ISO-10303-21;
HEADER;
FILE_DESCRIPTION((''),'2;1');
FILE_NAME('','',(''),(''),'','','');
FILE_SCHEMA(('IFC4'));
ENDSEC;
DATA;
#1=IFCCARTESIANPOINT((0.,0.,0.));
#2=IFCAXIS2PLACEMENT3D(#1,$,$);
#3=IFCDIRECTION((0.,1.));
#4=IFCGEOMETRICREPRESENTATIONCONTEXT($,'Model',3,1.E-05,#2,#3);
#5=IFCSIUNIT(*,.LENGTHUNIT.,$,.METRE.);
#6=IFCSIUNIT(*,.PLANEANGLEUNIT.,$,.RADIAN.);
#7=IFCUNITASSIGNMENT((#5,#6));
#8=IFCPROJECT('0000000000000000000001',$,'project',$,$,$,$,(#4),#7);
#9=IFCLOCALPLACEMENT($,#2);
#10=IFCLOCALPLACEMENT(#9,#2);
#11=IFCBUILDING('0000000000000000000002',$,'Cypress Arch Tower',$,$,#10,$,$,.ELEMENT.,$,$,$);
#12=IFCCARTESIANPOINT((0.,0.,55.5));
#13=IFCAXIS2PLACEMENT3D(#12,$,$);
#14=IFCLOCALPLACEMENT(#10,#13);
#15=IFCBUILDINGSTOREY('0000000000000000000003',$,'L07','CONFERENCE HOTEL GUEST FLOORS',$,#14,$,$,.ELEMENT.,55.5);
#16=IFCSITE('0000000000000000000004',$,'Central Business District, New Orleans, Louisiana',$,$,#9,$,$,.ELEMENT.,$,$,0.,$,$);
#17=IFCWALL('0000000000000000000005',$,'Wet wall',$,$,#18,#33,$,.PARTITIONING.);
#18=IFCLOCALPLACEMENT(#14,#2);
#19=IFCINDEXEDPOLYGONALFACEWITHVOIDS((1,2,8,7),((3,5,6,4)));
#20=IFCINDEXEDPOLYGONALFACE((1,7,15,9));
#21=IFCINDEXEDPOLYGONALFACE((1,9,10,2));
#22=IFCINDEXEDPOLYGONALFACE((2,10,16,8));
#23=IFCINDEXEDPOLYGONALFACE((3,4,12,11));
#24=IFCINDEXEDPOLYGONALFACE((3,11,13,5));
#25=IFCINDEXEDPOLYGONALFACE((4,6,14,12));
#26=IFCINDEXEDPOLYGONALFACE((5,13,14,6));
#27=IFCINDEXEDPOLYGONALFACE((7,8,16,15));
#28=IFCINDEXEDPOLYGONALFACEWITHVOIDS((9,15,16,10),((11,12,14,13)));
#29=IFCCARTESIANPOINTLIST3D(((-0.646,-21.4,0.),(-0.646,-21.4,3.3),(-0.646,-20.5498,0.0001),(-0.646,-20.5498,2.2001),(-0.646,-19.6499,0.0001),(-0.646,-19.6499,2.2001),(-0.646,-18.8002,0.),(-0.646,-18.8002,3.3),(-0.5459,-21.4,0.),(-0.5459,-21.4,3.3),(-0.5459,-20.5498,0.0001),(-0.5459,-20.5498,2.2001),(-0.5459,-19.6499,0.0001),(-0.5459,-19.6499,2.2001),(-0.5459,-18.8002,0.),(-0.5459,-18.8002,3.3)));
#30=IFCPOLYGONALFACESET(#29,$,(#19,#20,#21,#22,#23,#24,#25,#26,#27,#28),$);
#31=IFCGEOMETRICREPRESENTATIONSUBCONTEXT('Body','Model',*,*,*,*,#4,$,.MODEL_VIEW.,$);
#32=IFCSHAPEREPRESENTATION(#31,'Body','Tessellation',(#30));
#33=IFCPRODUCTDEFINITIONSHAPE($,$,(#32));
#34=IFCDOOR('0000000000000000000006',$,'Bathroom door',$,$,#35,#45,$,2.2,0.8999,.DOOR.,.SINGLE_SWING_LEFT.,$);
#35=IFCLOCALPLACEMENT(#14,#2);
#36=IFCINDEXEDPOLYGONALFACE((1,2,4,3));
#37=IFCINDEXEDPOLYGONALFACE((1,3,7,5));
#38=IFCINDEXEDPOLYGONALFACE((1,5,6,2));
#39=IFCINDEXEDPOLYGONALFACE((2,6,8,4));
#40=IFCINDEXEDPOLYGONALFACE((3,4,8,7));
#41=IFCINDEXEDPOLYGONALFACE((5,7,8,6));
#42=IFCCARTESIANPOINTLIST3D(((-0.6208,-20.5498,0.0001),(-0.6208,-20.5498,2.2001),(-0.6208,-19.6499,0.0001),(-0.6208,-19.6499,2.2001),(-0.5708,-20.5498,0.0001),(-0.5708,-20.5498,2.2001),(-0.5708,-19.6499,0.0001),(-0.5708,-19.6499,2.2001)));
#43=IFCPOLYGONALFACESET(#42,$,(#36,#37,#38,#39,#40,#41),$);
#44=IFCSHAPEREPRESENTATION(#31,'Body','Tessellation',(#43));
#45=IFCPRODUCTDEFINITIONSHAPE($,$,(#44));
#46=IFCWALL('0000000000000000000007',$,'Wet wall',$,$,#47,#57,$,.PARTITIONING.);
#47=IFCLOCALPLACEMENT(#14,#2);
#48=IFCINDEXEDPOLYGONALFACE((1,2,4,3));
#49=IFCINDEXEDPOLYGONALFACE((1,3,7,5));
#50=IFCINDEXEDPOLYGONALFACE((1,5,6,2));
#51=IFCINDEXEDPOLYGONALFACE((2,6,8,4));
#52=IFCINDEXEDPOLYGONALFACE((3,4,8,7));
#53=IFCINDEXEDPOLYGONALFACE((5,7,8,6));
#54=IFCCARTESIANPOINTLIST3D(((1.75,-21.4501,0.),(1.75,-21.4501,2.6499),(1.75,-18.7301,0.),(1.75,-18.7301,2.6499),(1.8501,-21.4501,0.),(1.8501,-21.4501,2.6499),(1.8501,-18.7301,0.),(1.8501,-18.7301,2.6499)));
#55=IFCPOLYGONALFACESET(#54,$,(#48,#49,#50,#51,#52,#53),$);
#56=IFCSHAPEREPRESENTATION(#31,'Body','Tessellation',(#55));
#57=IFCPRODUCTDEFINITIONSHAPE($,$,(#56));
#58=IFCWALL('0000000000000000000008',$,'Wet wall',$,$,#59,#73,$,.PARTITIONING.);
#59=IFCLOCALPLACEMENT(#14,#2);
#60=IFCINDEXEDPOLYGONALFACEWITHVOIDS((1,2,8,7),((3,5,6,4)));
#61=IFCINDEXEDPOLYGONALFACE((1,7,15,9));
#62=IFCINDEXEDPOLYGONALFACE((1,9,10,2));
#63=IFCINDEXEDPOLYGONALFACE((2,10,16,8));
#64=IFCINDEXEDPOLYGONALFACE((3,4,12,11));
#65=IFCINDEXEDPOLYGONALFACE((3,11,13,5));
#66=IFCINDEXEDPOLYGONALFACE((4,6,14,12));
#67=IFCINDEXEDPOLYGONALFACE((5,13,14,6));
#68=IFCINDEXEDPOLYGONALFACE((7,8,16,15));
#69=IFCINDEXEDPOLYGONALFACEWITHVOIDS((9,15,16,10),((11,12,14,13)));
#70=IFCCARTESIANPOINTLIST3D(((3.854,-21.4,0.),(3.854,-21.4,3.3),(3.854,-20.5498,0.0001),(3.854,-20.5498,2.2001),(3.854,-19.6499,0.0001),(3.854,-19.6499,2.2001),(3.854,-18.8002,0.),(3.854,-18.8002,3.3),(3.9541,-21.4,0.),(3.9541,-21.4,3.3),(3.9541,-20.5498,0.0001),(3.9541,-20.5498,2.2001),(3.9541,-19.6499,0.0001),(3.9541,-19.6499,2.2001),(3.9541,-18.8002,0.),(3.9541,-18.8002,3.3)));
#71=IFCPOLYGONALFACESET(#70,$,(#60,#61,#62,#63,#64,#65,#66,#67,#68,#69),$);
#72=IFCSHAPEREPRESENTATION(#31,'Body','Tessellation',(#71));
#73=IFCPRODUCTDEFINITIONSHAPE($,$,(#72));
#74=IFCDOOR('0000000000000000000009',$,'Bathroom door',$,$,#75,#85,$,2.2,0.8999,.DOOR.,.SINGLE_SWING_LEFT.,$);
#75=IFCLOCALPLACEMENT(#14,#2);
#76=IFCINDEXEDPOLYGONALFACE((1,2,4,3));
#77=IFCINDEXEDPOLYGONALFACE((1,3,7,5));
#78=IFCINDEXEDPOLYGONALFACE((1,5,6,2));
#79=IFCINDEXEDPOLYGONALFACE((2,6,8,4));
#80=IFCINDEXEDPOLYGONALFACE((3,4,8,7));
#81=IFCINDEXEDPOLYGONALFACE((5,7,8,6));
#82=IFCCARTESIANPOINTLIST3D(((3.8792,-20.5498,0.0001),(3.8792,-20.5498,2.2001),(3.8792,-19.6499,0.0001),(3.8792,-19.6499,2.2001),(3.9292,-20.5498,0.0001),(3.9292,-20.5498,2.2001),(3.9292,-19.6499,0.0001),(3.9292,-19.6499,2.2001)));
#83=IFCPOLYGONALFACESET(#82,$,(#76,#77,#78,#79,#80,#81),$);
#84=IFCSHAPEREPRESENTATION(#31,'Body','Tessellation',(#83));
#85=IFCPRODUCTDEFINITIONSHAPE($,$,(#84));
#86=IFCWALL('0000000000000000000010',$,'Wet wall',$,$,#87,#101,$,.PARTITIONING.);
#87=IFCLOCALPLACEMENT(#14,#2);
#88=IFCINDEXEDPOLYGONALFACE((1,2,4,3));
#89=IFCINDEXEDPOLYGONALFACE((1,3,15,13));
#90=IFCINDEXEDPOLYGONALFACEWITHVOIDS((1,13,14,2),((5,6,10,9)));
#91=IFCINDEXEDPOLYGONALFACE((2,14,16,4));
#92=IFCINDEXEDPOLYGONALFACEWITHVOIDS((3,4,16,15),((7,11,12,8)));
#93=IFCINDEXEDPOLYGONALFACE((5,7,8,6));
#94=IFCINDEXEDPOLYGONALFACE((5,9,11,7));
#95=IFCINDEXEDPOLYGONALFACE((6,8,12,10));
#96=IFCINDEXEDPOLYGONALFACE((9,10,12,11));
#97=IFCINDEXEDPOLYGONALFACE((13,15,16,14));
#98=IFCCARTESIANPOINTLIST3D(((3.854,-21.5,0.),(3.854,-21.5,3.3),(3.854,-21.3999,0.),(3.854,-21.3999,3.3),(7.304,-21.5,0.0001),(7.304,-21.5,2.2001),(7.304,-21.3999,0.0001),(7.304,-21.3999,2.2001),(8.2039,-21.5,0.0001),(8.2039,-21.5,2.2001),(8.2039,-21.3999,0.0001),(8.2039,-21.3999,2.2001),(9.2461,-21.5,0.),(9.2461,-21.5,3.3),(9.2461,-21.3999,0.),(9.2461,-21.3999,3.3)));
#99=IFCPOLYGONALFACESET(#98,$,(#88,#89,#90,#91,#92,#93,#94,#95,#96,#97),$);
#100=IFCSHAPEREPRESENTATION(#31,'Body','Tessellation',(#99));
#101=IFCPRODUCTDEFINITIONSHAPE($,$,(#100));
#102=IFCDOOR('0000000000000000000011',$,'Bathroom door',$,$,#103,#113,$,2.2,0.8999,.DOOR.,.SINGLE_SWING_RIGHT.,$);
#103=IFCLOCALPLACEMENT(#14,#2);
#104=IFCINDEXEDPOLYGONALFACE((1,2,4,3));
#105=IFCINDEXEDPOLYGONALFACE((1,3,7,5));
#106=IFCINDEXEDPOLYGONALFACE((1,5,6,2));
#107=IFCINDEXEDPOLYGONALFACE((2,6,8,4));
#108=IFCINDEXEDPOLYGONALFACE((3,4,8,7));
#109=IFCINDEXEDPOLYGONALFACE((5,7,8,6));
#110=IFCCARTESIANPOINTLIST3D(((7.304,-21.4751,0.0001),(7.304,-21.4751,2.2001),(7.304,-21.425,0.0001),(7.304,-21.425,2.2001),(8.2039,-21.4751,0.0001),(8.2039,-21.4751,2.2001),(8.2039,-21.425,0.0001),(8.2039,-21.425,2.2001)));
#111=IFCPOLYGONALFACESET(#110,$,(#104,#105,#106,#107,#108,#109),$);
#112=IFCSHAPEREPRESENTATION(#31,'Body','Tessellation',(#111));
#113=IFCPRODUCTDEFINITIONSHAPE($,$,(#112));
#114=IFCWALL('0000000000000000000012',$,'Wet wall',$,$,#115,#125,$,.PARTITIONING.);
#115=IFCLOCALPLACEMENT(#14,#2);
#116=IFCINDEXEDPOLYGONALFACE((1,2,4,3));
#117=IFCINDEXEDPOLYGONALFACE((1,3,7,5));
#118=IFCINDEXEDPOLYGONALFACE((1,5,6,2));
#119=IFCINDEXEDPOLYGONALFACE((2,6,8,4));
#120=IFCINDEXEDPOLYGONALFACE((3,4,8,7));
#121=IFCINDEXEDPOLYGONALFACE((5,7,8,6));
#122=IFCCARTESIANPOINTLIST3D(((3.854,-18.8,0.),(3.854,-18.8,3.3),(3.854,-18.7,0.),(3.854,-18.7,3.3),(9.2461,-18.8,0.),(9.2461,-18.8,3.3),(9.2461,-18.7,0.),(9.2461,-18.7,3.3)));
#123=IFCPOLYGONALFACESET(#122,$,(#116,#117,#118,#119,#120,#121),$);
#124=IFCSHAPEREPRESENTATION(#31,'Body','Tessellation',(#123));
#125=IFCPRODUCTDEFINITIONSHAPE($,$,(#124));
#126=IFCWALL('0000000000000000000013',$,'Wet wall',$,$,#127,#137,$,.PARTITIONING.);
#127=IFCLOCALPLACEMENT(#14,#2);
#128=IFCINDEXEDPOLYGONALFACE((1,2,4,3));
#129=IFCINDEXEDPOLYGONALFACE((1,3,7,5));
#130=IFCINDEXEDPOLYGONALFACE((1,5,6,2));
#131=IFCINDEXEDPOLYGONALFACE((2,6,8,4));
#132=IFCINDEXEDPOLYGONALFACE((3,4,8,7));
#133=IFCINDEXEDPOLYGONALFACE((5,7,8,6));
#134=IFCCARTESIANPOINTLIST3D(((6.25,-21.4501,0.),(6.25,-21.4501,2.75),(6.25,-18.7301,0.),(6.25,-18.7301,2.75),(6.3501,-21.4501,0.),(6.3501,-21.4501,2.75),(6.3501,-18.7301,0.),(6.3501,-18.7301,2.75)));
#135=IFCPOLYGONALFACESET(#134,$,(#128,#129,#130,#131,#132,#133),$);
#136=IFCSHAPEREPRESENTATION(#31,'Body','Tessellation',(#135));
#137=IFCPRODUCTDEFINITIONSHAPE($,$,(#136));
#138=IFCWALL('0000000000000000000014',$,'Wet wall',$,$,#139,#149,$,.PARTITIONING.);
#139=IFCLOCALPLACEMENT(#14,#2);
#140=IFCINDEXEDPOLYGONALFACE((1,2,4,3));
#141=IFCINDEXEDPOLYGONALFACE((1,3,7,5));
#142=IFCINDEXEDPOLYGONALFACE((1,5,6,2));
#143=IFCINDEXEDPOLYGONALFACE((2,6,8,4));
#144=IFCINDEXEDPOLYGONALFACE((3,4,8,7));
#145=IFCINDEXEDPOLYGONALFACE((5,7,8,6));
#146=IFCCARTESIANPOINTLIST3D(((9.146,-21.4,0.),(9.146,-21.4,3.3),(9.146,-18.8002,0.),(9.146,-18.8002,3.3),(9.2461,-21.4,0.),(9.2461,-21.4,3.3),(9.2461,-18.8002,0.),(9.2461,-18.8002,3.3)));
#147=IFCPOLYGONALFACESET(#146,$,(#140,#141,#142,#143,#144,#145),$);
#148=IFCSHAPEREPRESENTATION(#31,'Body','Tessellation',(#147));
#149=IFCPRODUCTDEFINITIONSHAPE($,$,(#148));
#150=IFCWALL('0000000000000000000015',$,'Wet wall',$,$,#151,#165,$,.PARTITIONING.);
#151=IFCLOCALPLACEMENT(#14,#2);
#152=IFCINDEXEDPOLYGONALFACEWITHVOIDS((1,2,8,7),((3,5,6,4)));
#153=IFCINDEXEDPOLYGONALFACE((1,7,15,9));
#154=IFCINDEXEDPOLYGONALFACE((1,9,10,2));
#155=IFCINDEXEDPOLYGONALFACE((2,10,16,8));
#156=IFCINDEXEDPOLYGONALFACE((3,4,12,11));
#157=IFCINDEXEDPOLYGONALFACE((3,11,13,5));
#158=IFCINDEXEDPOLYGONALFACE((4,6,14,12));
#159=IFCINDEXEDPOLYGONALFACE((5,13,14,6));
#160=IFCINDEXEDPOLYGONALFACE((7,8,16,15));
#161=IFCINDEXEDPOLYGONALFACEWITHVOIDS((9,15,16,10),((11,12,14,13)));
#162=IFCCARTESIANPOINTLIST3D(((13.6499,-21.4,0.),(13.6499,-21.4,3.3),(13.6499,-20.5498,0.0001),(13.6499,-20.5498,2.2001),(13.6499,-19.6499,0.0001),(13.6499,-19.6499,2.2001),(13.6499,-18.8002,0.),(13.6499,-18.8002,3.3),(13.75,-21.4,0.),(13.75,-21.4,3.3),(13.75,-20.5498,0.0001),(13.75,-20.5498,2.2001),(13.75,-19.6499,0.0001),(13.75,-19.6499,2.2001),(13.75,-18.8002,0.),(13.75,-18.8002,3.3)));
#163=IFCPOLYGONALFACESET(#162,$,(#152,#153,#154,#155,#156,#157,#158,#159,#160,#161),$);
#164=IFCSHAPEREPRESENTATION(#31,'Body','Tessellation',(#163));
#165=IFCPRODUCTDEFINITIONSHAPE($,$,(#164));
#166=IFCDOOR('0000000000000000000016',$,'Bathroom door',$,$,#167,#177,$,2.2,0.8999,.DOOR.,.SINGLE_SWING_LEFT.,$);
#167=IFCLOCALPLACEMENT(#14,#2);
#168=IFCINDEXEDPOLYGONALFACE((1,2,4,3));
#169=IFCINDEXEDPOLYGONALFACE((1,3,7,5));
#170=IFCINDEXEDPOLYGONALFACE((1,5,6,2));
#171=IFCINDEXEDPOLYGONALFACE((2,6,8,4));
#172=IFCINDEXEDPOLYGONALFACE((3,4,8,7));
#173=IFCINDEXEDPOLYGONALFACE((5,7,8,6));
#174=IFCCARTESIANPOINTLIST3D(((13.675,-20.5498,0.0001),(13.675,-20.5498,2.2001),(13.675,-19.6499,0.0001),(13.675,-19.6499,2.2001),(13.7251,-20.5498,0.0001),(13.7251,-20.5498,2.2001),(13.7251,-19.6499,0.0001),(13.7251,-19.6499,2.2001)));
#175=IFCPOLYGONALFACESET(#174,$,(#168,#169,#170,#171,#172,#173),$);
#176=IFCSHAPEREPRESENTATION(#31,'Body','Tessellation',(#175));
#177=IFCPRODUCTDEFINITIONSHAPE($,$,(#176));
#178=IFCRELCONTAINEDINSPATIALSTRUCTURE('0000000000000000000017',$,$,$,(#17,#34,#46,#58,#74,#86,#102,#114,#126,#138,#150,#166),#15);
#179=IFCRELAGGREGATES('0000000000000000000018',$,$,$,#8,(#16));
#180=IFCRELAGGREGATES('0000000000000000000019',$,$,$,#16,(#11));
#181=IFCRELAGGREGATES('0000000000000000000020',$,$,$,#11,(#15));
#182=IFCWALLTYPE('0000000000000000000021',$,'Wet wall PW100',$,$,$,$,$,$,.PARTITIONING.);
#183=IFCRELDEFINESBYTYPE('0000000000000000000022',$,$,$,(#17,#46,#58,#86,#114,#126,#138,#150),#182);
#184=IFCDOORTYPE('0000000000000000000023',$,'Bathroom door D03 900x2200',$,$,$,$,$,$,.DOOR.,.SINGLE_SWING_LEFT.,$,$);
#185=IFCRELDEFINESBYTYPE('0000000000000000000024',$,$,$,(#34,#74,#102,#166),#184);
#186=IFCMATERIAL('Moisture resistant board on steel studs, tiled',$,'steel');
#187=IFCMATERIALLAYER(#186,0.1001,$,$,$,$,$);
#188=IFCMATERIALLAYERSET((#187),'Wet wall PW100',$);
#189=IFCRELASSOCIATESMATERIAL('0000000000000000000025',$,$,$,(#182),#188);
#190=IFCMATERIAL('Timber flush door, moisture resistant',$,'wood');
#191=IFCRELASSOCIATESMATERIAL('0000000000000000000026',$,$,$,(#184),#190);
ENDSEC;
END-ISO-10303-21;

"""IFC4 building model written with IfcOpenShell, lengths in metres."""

from ifc_helpers import new_model, si_unit, direction, frame, frame_2d, origin, place, context, subcontext, project, spatial, rectangle, extrude, material, layer, layer_set, type_object, element, fill, save


model = new_model("IFC4")

# Units and contexts
model_context = context("Model", 3, precision=1e-05, world=origin(), true_north=direction((0.0, 1.0)))
body_context = subcontext(model_context, "Body", "Model", "MODEL_VIEW")
ifc_project = project(units=[si_unit("LENGTHUNIT", "METRE"), si_unit("PLANEANGLEUNIT", "RADIAN")], contexts=[model_context])

# Site, building, storey
site_placement = place(None, origin())
site = spatial("IfcSite", under=ifc_project, at=site_placement, Name="Central Business District, New Orleans, Louisiana", CompositionType="ELEMENT", RefElevation=0.0)
building_placement = place(site_placement, origin())
building = spatial("IfcBuilding", under=site, at=building_placement, Name="Cypress Arch Tower", CompositionType="ELEMENT")
storey_placement = place(building_placement, frame((0.0, 0.0, 55.5)))
storey = spatial("IfcBuildingStorey", under=building, at=storey_placement, Name="L07", Description="CONFERENCE HOTEL GUEST FLOORS", CompositionType="ELEMENT", Elevation=55.5)

# Wall, opening, door
ifc_material_1 = material(Name="Moisture resistant board on steel studs, tiled", Category="steel")
ifc_layer_1 = layer(ifc_material_1, 0.1001)
ifc_layer_set_1 = layer_set([ifc_layer_1], Name="Wet wall PW100")
wall_type_1 = type_object("IfcWallType", Name="Wet wall PW100", PredefinedType="PARTITIONING", material=ifc_layer_set_1)
wall_1_placement = place(storey_placement, frame((-0.5959, -21.3999, 0.0), z_axis=(0.0, 0.0, 1.0), x_axis=(0.0, 1.0, 0.0)))
wall_1 = element("IfcWall", 1, at=wall_1_placement, inside=storey, type_object=wall_type_1, Name="Wet wall", PredefinedType="PARTITIONING", context=body_context, shape_type="SweptSolid", body=[
    extrude(rectangle(XDim=2.5999, YDim=0.1001, at=frame_2d((1.2998, 0.0))), origin(), (0.0, 0.0, 1.0), 3.3),
])
opening_1_placement = place(wall_1_placement, frame((0.8501, 0.0, 0.0)))
opening_1 = element("IfcOpeningElement", 2, at=opening_1_placement, cuts=wall_1, PredefinedType="OPENING", context=body_context, shape_type="SweptSolid", body=[
    extrude(rectangle(XDim=0.8999, YDim=2.2, at=frame_2d((0.45, 1.1001))), frame((0.0, 0.0601, 0.0), z_axis=(0.0, -1.0, 0.0), x_axis=(1.0, 0.0, 0.0)), (0.0, 0.0, 1.0), 0.1201),
])
ifc_material_2 = material(Name="Timber flush door, moisture resistant", Category="wood")
door_type_1 = type_object("IfcDoorType", Name="Bathroom door D03 900x2200", OperationType="SINGLE_SWING_LEFT", PredefinedType="DOOR", material=ifc_material_2)
door_1_placement = place(opening_1_placement, origin())
door_1 = element("IfcDoor", 3, at=door_1_placement, inside=storey, type_object=door_type_1, Name="Bathroom door", OperationType="SINGLE_SWING_LEFT", OverallHeight=2.2, OverallWidth=0.8999, PredefinedType="DOOR", context=body_context, shape_type="SweptSolid", body=[
    extrude(rectangle(XDim=0.8999, YDim=2.2, at=frame_2d((0.45, 1.1001))), frame((0.0, 0.0249, 0.0), z_axis=(0.0, -1.0, 0.0), x_axis=(1.0, 0.0, 0.0)), (0.0, 0.0, 1.0), 0.05),
])
fill(opening_1, door_1)

# Wall
wall_2_placement = place(storey_placement, frame((1.8, -21.45, 0.0), z_axis=(0.0, 0.0, 1.0), x_axis=(0.0, 1.0, 0.0)))
element("IfcWall", 4, at=wall_2_placement, inside=storey, type_object=wall_type_1, Name="Wet wall", PredefinedType="PARTITIONING", context=body_context, shape_type="SweptSolid", body=[
    extrude(rectangle(XDim=2.72, YDim=0.1001, at=frame_2d((1.3599, 0.0))), origin(), (0.0, 0.0, 1.0), 2.6499),
])

# Walls, openings, doors
wall_3_placement = place(storey_placement, frame((3.9041, -21.3999, 0.0), z_axis=(0.0, 0.0, 1.0), x_axis=(0.0, 1.0, 0.0)))
wall_3 = element("IfcWall", 5, at=wall_3_placement, inside=storey, type_object=wall_type_1, Name="Wet wall", PredefinedType="PARTITIONING", context=body_context, shape_type="SweptSolid", body=[
    extrude(rectangle(XDim=2.5999, YDim=0.1001, at=frame_2d((1.2998, 0.0))), origin(), (0.0, 0.0, 1.0), 3.3),
])
opening_2_placement = place(wall_3_placement, frame((0.8501, 0.0, 0.0)))
opening_2 = element("IfcOpeningElement", 6, at=opening_2_placement, cuts=wall_3, PredefinedType="OPENING", context=body_context, shape_type="SweptSolid", body=[
    extrude(rectangle(XDim=0.8999, YDim=2.2, at=frame_2d((0.45, 1.1001))), frame((0.0, 0.0601, 0.0), z_axis=(0.0, -1.0, 0.0), x_axis=(1.0, 0.0, 0.0)), (0.0, 0.0, 1.0), 0.1201),
])
door_2_placement = place(opening_2_placement, origin())
door_2 = element("IfcDoor", 7, at=door_2_placement, inside=storey, type_object=door_type_1, Name="Bathroom door", OperationType="SINGLE_SWING_LEFT", OverallHeight=2.2, OverallWidth=0.8999, PredefinedType="DOOR", context=body_context, shape_type="SweptSolid", body=[
    extrude(rectangle(XDim=0.8999, YDim=2.2, at=frame_2d((0.45, 1.1001))), frame((0.0, 0.0249, 0.0), z_axis=(0.0, -1.0, 0.0), x_axis=(1.0, 0.0, 0.0)), (0.0, 0.0, 1.0), 0.05),
])
fill(opening_2, door_2)
wall_4_placement = place(storey_placement, frame((3.854, -21.45, 0.0), z_axis=(0.0, 0.0, 1.0), x_axis=(1.0, 0.0, 0.0)))
wall_4 = element("IfcWall", 8, at=wall_4_placement, inside=storey, type_object=wall_type_1, Name="Wet wall", PredefinedType="PARTITIONING", context=body_context, shape_type="SweptSolid", body=[
    extrude(rectangle(XDim=5.3921, YDim=0.1001, at=frame_2d((2.696, 0.0))), origin(), (0.0, 0.0, 1.0), 3.3),
])
opening_3_placement = place(wall_4_placement, frame((3.45, 0.0, 0.0)))
opening_3 = element("IfcOpeningElement", 9, at=opening_3_placement, cuts=wall_4, PredefinedType="OPENING", context=body_context, shape_type="SweptSolid", body=[
    extrude(rectangle(XDim=0.8999, YDim=2.2, at=frame_2d((0.45, 1.1001))), frame((0.0, 0.0601, 0.0), z_axis=(0.0, -1.0, 0.0), x_axis=(1.0, 0.0, 0.0)), (0.0, 0.0, 1.0), 0.1201),
])
door_3_placement = place(opening_3_placement, origin())
door_3 = element("IfcDoor", 10, at=door_3_placement, inside=storey, type_object=door_type_1, Name="Bathroom door", OperationType="SINGLE_SWING_RIGHT", OverallHeight=2.2, OverallWidth=0.8999, PredefinedType="DOOR", context=body_context, shape_type="SweptSolid", body=[
    extrude(rectangle(XDim=0.8999, YDim=2.2, at=frame_2d((0.45, 1.1001))), frame((0.0, 0.0249, 0.0), z_axis=(0.0, -1.0, 0.0), x_axis=(1.0, 0.0, 0.0)), (0.0, 0.0, 1.0), 0.05),
])
fill(opening_3, door_3)

# Walls
wall_5_placement = place(storey_placement, frame((3.854, -18.75, 0.0), z_axis=(0.0, 0.0, 1.0), x_axis=(1.0, 0.0, 0.0)))
element("IfcWall", 11, at=wall_5_placement, inside=storey, type_object=wall_type_1, Name="Wet wall", PredefinedType="PARTITIONING", context=body_context, shape_type="SweptSolid", body=[
    extrude(rectangle(XDim=5.3921, YDim=0.1001, at=frame_2d((2.696, 0.0))), origin(), (0.0, 0.0, 1.0), 3.3),
])
wall_6_placement = place(storey_placement, frame((6.3, -21.45, 0.0), z_axis=(0.0, 0.0, 1.0), x_axis=(0.0, 1.0, 0.0)))
element("IfcWall", 12, at=wall_6_placement, inside=storey, type_object=wall_type_1, Name="Wet wall", PredefinedType="PARTITIONING", context=body_context, shape_type="SweptSolid", body=[
    extrude(rectangle(XDim=2.72, YDim=0.1001, at=frame_2d((1.3599, 0.0))), origin(), (0.0, 0.0, 1.0), 2.75),
])
wall_7_placement = place(storey_placement, frame((9.196, -21.3999, 0.0), z_axis=(0.0, 0.0, 1.0), x_axis=(0.0, 1.0, 0.0)))
element("IfcWall", 13, at=wall_7_placement, inside=storey, type_object=wall_type_1, Name="Wet wall", PredefinedType="PARTITIONING", context=body_context, shape_type="SweptSolid", body=[
    extrude(rectangle(XDim=2.5999, YDim=0.1001, at=frame_2d((1.2998, 0.0))), origin(), (0.0, 0.0, 1.0), 3.3),
])

# Wall, opening, door
wall_8_placement = place(storey_placement, frame((13.7, -21.3999, 0.0), z_axis=(0.0, 0.0, 1.0), x_axis=(0.0, 1.0, 0.0)))
wall_8 = element("IfcWall", 14, at=wall_8_placement, inside=storey, type_object=wall_type_1, Name="Wet wall", PredefinedType="PARTITIONING", context=body_context, shape_type="SweptSolid", body=[
    extrude(rectangle(XDim=2.5999, YDim=0.1001, at=frame_2d((1.2998, 0.0))), origin(), (0.0, 0.0, 1.0), 3.3),
])
opening_4_placement = place(wall_8_placement, frame((0.8501, 0.0, 0.0)))
opening_4 = element("IfcOpeningElement", 15, at=opening_4_placement, cuts=wall_8, PredefinedType="OPENING", context=body_context, shape_type="SweptSolid", body=[
    extrude(rectangle(XDim=0.8999, YDim=2.2, at=frame_2d((0.45, 1.1001))), frame((0.0, 0.0601, 0.0), z_axis=(0.0, -1.0, 0.0), x_axis=(1.0, 0.0, 0.0)), (0.0, 0.0, 1.0), 0.1201),
])
door_4_placement = place(opening_4_placement, origin())
door_4 = element("IfcDoor", 16, at=door_4_placement, inside=storey, type_object=door_type_1, Name="Bathroom door", OperationType="SINGLE_SWING_LEFT", OverallHeight=2.2, OverallWidth=0.8999, PredefinedType="DOOR", context=body_context, shape_type="SweptSolid", body=[
    extrude(rectangle(XDim=0.8999, YDim=2.2, at=frame_2d((0.45, 1.1001))), frame((0.0, 0.0249, 0.0), z_axis=(0.0, -1.0, 0.0), x_axis=(1.0, 0.0, 0.0)), (0.0, 0.0, 1.0), 0.05),
])
fill(opening_4, door_4)

save(model, "model.ifc")
